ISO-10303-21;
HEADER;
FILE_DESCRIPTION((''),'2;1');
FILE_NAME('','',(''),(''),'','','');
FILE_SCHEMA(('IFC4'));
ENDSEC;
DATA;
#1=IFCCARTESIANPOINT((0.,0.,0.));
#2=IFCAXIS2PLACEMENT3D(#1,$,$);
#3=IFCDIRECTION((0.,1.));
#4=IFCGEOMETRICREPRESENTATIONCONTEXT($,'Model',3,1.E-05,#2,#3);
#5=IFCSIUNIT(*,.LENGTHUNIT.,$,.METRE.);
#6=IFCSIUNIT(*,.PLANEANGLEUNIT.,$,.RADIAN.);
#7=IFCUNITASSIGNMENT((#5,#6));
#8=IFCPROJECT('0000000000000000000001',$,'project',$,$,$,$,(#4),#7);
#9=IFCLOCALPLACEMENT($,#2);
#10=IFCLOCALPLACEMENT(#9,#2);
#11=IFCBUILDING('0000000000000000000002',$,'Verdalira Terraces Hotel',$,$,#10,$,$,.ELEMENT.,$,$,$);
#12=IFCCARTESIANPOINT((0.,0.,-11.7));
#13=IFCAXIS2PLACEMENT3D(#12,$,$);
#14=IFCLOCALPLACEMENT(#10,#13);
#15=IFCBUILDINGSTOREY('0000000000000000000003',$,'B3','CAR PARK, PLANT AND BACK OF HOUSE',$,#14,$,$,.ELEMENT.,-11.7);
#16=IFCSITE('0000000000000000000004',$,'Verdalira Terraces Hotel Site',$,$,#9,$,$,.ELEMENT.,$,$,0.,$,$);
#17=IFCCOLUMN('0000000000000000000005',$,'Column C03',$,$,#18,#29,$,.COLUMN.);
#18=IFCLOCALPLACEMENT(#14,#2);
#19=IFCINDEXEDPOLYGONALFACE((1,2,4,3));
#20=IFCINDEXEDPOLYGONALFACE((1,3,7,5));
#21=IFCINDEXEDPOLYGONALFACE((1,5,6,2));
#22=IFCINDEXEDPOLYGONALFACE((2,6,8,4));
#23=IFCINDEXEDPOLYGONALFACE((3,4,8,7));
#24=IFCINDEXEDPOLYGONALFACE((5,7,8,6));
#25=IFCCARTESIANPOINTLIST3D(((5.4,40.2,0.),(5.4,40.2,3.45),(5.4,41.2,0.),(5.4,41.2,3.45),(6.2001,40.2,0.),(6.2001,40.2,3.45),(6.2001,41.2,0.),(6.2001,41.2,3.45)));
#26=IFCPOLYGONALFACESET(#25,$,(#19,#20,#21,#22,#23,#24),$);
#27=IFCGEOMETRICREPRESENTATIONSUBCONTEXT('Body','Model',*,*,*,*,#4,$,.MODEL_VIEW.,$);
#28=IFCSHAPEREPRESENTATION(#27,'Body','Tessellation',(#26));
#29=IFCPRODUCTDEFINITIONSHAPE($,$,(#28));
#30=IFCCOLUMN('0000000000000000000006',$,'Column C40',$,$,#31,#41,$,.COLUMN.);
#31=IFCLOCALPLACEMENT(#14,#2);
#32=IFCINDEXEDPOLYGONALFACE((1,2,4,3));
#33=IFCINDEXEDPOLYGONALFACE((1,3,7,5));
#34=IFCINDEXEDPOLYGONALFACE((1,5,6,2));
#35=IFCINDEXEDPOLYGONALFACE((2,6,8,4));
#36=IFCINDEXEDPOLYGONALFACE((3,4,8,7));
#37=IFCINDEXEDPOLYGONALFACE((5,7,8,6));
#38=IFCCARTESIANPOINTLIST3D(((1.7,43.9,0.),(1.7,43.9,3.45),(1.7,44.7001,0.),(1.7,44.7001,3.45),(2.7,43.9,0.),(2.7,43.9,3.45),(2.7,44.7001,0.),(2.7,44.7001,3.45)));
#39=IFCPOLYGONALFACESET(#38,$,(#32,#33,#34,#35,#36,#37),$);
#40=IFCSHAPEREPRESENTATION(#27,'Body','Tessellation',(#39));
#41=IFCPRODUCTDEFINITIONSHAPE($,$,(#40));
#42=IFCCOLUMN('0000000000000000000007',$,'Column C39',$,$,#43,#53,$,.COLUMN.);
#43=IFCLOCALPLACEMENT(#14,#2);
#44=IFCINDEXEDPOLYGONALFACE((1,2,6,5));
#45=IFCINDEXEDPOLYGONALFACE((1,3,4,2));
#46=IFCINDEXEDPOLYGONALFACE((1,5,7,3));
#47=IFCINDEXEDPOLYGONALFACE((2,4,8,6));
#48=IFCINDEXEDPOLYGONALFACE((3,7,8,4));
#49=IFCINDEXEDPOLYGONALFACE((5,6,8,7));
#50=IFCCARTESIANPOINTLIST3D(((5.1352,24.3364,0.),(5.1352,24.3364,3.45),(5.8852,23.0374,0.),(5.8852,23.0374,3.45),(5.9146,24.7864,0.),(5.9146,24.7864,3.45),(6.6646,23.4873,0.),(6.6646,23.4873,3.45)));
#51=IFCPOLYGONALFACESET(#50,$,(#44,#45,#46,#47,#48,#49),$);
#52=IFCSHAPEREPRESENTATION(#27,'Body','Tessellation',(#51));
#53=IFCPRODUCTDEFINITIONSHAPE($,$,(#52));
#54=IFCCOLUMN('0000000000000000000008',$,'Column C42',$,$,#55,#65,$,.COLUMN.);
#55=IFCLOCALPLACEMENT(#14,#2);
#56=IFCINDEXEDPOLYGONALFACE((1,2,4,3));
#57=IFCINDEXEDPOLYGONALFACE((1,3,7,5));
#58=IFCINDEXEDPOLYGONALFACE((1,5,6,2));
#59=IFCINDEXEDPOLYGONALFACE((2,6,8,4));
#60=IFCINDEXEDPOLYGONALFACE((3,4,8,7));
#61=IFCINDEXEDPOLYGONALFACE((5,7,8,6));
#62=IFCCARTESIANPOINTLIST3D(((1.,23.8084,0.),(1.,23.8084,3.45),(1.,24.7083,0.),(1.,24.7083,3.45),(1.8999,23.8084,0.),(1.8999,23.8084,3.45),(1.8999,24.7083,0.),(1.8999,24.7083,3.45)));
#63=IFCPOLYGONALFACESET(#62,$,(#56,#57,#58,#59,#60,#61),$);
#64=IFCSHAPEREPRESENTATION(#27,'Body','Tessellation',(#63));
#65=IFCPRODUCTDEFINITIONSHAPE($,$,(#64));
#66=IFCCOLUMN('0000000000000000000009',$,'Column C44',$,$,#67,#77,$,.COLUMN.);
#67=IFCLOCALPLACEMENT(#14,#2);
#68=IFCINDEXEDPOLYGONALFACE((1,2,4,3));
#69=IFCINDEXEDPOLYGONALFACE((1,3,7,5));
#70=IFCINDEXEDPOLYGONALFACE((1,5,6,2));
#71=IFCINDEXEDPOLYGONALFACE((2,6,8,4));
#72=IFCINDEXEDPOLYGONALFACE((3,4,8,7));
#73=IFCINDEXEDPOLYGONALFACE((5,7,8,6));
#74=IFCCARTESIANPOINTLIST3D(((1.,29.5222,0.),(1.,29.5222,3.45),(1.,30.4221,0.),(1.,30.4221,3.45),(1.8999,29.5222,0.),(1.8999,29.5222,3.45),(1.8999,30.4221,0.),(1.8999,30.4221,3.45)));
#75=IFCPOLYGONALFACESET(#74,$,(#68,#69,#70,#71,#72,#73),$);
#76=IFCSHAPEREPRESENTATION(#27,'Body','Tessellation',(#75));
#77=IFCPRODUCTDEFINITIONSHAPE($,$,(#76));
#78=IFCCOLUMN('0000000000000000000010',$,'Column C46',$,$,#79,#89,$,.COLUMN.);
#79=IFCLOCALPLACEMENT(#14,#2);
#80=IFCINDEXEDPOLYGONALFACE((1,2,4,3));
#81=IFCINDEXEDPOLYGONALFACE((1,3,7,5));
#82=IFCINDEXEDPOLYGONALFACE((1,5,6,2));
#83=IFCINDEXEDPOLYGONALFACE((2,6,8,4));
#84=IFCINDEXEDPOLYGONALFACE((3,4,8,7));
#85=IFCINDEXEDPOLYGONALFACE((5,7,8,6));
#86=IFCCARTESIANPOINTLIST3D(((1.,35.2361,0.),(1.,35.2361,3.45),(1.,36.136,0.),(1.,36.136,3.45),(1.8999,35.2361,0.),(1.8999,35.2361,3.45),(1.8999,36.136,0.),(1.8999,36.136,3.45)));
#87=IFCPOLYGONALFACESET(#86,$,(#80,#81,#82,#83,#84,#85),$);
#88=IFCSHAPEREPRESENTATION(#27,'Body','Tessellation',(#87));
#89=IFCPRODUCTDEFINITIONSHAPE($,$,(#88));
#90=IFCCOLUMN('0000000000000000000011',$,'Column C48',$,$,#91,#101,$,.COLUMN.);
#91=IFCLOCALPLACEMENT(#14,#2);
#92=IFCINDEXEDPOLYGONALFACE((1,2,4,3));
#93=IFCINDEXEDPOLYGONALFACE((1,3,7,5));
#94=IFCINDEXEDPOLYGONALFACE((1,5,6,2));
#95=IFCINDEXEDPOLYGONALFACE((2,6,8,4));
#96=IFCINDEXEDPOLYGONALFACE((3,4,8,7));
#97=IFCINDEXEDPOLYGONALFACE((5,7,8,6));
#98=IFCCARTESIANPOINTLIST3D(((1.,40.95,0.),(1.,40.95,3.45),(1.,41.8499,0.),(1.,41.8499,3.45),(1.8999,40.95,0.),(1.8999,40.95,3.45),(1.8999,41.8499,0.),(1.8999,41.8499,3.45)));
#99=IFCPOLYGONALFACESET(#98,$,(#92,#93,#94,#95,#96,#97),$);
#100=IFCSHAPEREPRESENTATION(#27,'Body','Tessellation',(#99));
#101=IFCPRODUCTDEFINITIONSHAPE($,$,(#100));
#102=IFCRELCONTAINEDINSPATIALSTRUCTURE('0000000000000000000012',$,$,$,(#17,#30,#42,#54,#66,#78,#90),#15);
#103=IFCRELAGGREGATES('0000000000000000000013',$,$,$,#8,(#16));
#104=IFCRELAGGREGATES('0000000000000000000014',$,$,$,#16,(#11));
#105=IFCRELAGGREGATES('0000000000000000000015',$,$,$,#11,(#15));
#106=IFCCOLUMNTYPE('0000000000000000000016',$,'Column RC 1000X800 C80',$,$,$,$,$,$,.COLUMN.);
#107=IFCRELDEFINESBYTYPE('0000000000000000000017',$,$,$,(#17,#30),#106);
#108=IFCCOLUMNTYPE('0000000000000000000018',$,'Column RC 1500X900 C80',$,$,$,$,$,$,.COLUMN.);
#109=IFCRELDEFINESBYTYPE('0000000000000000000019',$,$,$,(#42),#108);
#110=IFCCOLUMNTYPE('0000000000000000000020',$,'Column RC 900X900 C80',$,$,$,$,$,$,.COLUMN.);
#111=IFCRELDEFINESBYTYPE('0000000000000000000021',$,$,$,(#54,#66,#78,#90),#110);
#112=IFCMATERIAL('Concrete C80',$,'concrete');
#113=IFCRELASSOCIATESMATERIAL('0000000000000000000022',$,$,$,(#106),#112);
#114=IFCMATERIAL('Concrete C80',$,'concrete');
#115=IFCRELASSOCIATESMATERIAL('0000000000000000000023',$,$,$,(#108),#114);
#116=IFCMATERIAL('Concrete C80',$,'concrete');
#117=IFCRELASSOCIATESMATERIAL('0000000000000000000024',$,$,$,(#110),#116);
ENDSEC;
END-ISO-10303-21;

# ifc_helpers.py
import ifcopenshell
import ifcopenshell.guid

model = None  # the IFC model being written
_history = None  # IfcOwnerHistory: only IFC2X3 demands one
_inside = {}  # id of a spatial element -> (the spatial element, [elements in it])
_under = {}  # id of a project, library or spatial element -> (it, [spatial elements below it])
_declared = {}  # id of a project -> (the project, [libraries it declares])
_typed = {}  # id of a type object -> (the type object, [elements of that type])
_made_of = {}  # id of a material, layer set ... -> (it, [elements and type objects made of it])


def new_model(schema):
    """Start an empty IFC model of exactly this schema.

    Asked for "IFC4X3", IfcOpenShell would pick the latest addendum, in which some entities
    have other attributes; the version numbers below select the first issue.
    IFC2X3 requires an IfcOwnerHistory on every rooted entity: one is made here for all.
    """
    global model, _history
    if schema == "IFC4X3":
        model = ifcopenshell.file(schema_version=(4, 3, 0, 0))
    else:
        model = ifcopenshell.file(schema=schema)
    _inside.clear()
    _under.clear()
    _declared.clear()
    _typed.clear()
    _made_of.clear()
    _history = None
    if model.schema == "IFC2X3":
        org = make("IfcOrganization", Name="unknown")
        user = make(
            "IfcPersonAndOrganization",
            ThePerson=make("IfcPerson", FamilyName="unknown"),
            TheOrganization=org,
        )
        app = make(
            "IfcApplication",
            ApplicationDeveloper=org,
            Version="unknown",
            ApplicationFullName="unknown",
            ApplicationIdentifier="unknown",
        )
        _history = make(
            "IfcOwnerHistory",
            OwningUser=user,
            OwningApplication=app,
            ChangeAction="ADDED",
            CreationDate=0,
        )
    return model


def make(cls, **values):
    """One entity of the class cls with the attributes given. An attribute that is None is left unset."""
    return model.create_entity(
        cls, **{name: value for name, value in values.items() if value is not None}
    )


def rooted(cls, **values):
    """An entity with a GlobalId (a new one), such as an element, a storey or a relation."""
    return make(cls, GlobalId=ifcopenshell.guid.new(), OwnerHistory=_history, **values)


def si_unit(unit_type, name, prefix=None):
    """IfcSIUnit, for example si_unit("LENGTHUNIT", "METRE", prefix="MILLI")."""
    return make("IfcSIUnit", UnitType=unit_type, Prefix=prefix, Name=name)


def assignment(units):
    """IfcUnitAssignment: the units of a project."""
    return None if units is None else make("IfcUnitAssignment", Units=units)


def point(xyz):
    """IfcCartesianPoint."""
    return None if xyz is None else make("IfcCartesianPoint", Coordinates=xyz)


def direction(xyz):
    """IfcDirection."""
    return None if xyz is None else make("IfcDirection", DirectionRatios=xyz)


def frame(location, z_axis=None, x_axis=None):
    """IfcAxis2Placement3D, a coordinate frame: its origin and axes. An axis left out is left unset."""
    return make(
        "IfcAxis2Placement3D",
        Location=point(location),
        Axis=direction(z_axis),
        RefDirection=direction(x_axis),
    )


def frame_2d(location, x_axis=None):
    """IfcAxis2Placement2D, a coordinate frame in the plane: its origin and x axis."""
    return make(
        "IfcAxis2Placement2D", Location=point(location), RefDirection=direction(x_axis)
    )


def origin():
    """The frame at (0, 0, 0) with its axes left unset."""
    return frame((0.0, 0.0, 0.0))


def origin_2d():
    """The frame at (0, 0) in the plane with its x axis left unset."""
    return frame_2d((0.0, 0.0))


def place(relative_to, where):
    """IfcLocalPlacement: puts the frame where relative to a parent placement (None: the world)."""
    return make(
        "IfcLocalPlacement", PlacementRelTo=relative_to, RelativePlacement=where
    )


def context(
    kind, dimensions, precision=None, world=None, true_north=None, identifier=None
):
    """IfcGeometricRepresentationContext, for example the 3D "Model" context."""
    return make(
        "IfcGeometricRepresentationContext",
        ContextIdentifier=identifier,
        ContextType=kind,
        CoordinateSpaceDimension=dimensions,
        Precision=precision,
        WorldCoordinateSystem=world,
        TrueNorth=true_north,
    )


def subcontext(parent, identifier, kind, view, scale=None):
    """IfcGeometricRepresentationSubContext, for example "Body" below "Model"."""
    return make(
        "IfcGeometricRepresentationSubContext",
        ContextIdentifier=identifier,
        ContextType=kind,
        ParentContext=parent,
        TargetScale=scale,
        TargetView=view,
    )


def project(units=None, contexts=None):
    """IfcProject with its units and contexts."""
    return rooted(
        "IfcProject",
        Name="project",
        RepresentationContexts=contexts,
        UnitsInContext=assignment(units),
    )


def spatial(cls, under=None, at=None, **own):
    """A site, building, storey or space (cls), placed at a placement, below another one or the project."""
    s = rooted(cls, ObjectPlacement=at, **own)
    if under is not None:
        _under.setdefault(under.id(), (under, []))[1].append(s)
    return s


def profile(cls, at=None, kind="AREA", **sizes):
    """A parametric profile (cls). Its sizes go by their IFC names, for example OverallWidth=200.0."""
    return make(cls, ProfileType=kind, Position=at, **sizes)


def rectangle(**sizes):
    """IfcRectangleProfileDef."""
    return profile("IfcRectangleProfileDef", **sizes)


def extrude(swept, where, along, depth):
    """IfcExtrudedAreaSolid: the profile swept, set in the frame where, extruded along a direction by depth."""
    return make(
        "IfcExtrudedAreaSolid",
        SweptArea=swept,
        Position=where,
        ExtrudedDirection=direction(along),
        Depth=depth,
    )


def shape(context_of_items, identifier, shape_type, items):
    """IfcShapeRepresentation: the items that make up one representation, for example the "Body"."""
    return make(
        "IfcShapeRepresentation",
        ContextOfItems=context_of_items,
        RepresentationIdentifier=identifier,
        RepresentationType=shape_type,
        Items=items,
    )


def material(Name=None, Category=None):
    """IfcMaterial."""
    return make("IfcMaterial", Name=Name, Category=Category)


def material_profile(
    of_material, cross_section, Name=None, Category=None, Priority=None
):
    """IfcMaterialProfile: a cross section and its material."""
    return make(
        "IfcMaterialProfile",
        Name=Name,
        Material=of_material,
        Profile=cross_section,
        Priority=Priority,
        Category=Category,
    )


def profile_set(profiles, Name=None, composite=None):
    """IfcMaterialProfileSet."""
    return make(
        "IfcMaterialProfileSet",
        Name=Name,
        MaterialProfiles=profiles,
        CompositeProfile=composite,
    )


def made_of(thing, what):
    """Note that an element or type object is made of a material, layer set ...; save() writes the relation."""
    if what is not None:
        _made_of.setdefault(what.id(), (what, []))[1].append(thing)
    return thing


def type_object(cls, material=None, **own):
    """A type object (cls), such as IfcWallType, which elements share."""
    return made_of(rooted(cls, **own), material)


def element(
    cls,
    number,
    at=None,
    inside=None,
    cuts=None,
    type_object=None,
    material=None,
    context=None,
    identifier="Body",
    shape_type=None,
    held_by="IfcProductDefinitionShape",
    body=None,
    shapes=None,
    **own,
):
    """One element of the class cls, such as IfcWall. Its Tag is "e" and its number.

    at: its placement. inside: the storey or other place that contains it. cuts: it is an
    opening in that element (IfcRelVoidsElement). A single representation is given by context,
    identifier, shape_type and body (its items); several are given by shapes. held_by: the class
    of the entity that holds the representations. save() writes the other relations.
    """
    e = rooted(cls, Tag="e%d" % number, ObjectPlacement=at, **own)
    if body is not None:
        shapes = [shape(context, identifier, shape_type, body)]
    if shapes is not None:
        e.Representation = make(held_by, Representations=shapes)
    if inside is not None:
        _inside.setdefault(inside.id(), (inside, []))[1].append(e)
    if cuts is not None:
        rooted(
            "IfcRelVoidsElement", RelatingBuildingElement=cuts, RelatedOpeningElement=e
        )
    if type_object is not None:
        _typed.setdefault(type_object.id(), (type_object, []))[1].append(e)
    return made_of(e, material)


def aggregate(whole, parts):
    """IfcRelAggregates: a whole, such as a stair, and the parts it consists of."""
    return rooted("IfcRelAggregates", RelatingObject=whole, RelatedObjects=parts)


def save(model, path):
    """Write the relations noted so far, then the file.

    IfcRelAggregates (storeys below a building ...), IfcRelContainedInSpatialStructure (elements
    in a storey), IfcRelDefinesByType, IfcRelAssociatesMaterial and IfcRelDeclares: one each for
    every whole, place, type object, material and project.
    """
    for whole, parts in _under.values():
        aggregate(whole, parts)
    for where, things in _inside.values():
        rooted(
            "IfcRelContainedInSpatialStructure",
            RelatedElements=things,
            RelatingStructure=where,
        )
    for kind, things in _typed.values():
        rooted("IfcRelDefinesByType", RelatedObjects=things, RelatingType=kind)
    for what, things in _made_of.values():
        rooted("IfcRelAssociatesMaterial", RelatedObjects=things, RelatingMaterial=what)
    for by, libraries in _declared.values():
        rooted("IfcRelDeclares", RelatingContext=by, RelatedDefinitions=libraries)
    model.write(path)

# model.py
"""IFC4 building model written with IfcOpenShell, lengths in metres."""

from ifc_helpers import new_model, si_unit, direction, frame, origin, origin_2d, place, context, subcontext, project, spatial, rectangle, extrude, material, material_profile, profile_set, type_object, element, save


model = new_model("IFC4")

# Units and contexts
model_context = context("Model", 3, precision=1e-05, world=origin(), true_north=direction((0.0, 1.0)))
body_context = subcontext(model_context, "Body", "Model", "MODEL_VIEW")
ifc_project = project(units=[si_unit("LENGTHUNIT", "METRE"), si_unit("PLANEANGLEUNIT", "RADIAN")], contexts=[model_context])

# Site, building, storey
site_placement = place(None, origin())
site = spatial("IfcSite", under=ifc_project, at=site_placement, Name="Verdalira Terraces Hotel Site", CompositionType="ELEMENT", RefElevation=0.0)
building_placement = place(site_placement, origin())
building = spatial("IfcBuilding", under=site, at=building_placement, Name="Verdalira Terraces Hotel", CompositionType="ELEMENT")
storey_placement = place(building_placement, frame((0.0, 0.0, -11.7)))
storey = spatial("IfcBuildingStorey", under=building, at=storey_placement, Name="B3", Description="CAR PARK, PLANT AND BACK OF HOUSE", CompositionType="ELEMENT", Elevation=-11.7)

# Columns
ifc_material_1 = material(Name="Concrete C80", Category="concrete")
ifc_material_profile_1 = material_profile(ifc_material_1, rectangle(XDim=1.0, YDim=0.8, at=origin_2d()), Name="RC 1000X800")
ifc_profile_set_1 = profile_set([ifc_material_profile_1], Name="Concrete C80")
column_type_1 = type_object("IfcColumnType", Name="Column RC 1000X800 C80", PredefinedType="COLUMN", material=ifc_profile_set_1)
for number, where, z_axis, x_axis, name in (
    (1, (5.8, 40.7, 0.0), (0.0, 0.0, 1.0), (0.0, 1.0, 0.0), "Column C03"),
    (2, (2.2, 44.3, 0.0), (0.0, 0.0, 1.0), (-1.0, 0.0, 0.0), "Column C40"),
):
    element("IfcColumn", number, at=place(storey_placement, frame(where, z_axis=z_axis, x_axis=x_axis)), inside=storey, type_object=column_type_1, Name=name, PredefinedType="COLUMN", context=body_context, shape_type="SweptSolid", body=[
        extrude(rectangle(XDim=1.0, YDim=0.8, at=origin_2d()), origin(), (0.0, 0.0, 1.0), 3.45),
    ])
ifc_material_2 = material(Name="Concrete C80", Category="concrete")
ifc_material_profile_2 = material_profile(ifc_material_2, rectangle(XDim=1.5, YDim=0.8999, at=origin_2d()), Name="RC 1500X900")
ifc_profile_set_2 = profile_set([ifc_material_profile_2], Name="Concrete C80")
column_type_2 = type_object("IfcColumnType", Name="Column RC 1500X900 C80", PredefinedType="COLUMN", material=ifc_profile_set_2)
column_placement = place(storey_placement, frame((5.8999, 23.9119, 0.0), z_axis=(0.0, 0.0, 1.0), x_axis=(0.5, -0.866025, 0.0)))
element("IfcColumn", 3, at=column_placement, inside=storey, type_object=column_type_2, Name="Column C39", PredefinedType="COLUMN", context=body_context, shape_type="SweptSolid", body=[
    extrude(rectangle(XDim=1.5, YDim=0.8999, at=origin_2d()), origin(), (0.0, 0.0, 1.0), 3.45),
])
ifc_material_3 = material(Name="Concrete C80", Category="concrete")
ifc_material_profile_3 = material_profile(ifc_material_3, rectangle(XDim=0.8999, YDim=0.8999, at=origin_2d()), Name="RC 900X900")
ifc_profile_set_3 = profile_set([ifc_material_profile_3], Name="Concrete C80")
column_type_3 = type_object("IfcColumnType", Name="Column RC 900X900 C80", PredefinedType="COLUMN", material=ifc_profile_set_3)
for number, where, z_axis, x_axis, name in (
    (4, (1.45, 24.2583, 0.0), (0.0, 0.0, 1.0), (0.0, 1.0, 0.0), "Column C42"),
    (5, (1.45, 29.9722, 0.0), (0.0, 0.0, 1.0), (0.0, 1.0, 0.0), "Column C44"),
    (6, (1.45, 35.686, 0.0), (0.0, 0.0, 1.0), (0.0, 1.0, 0.0), "Column C46"),
    (7, (1.45, 41.3999, 0.0), (0.0, 0.0, 1.0), (0.0, 1.0, 0.0), "Column C48"),
):
    element("IfcColumn", number, at=place(storey_placement, frame(where, z_axis=z_axis, x_axis=x_axis)), inside=storey, type_object=column_type_3, Name=name, PredefinedType="COLUMN", context=body_context, shape_type="SweptSolid", body=[
        extrude(rectangle(XDim=0.8999, YDim=0.8999, at=origin_2d()), origin(), (0.0, 0.0, 1.0), 3.45),
    ])

save(model, "model.ifc")
